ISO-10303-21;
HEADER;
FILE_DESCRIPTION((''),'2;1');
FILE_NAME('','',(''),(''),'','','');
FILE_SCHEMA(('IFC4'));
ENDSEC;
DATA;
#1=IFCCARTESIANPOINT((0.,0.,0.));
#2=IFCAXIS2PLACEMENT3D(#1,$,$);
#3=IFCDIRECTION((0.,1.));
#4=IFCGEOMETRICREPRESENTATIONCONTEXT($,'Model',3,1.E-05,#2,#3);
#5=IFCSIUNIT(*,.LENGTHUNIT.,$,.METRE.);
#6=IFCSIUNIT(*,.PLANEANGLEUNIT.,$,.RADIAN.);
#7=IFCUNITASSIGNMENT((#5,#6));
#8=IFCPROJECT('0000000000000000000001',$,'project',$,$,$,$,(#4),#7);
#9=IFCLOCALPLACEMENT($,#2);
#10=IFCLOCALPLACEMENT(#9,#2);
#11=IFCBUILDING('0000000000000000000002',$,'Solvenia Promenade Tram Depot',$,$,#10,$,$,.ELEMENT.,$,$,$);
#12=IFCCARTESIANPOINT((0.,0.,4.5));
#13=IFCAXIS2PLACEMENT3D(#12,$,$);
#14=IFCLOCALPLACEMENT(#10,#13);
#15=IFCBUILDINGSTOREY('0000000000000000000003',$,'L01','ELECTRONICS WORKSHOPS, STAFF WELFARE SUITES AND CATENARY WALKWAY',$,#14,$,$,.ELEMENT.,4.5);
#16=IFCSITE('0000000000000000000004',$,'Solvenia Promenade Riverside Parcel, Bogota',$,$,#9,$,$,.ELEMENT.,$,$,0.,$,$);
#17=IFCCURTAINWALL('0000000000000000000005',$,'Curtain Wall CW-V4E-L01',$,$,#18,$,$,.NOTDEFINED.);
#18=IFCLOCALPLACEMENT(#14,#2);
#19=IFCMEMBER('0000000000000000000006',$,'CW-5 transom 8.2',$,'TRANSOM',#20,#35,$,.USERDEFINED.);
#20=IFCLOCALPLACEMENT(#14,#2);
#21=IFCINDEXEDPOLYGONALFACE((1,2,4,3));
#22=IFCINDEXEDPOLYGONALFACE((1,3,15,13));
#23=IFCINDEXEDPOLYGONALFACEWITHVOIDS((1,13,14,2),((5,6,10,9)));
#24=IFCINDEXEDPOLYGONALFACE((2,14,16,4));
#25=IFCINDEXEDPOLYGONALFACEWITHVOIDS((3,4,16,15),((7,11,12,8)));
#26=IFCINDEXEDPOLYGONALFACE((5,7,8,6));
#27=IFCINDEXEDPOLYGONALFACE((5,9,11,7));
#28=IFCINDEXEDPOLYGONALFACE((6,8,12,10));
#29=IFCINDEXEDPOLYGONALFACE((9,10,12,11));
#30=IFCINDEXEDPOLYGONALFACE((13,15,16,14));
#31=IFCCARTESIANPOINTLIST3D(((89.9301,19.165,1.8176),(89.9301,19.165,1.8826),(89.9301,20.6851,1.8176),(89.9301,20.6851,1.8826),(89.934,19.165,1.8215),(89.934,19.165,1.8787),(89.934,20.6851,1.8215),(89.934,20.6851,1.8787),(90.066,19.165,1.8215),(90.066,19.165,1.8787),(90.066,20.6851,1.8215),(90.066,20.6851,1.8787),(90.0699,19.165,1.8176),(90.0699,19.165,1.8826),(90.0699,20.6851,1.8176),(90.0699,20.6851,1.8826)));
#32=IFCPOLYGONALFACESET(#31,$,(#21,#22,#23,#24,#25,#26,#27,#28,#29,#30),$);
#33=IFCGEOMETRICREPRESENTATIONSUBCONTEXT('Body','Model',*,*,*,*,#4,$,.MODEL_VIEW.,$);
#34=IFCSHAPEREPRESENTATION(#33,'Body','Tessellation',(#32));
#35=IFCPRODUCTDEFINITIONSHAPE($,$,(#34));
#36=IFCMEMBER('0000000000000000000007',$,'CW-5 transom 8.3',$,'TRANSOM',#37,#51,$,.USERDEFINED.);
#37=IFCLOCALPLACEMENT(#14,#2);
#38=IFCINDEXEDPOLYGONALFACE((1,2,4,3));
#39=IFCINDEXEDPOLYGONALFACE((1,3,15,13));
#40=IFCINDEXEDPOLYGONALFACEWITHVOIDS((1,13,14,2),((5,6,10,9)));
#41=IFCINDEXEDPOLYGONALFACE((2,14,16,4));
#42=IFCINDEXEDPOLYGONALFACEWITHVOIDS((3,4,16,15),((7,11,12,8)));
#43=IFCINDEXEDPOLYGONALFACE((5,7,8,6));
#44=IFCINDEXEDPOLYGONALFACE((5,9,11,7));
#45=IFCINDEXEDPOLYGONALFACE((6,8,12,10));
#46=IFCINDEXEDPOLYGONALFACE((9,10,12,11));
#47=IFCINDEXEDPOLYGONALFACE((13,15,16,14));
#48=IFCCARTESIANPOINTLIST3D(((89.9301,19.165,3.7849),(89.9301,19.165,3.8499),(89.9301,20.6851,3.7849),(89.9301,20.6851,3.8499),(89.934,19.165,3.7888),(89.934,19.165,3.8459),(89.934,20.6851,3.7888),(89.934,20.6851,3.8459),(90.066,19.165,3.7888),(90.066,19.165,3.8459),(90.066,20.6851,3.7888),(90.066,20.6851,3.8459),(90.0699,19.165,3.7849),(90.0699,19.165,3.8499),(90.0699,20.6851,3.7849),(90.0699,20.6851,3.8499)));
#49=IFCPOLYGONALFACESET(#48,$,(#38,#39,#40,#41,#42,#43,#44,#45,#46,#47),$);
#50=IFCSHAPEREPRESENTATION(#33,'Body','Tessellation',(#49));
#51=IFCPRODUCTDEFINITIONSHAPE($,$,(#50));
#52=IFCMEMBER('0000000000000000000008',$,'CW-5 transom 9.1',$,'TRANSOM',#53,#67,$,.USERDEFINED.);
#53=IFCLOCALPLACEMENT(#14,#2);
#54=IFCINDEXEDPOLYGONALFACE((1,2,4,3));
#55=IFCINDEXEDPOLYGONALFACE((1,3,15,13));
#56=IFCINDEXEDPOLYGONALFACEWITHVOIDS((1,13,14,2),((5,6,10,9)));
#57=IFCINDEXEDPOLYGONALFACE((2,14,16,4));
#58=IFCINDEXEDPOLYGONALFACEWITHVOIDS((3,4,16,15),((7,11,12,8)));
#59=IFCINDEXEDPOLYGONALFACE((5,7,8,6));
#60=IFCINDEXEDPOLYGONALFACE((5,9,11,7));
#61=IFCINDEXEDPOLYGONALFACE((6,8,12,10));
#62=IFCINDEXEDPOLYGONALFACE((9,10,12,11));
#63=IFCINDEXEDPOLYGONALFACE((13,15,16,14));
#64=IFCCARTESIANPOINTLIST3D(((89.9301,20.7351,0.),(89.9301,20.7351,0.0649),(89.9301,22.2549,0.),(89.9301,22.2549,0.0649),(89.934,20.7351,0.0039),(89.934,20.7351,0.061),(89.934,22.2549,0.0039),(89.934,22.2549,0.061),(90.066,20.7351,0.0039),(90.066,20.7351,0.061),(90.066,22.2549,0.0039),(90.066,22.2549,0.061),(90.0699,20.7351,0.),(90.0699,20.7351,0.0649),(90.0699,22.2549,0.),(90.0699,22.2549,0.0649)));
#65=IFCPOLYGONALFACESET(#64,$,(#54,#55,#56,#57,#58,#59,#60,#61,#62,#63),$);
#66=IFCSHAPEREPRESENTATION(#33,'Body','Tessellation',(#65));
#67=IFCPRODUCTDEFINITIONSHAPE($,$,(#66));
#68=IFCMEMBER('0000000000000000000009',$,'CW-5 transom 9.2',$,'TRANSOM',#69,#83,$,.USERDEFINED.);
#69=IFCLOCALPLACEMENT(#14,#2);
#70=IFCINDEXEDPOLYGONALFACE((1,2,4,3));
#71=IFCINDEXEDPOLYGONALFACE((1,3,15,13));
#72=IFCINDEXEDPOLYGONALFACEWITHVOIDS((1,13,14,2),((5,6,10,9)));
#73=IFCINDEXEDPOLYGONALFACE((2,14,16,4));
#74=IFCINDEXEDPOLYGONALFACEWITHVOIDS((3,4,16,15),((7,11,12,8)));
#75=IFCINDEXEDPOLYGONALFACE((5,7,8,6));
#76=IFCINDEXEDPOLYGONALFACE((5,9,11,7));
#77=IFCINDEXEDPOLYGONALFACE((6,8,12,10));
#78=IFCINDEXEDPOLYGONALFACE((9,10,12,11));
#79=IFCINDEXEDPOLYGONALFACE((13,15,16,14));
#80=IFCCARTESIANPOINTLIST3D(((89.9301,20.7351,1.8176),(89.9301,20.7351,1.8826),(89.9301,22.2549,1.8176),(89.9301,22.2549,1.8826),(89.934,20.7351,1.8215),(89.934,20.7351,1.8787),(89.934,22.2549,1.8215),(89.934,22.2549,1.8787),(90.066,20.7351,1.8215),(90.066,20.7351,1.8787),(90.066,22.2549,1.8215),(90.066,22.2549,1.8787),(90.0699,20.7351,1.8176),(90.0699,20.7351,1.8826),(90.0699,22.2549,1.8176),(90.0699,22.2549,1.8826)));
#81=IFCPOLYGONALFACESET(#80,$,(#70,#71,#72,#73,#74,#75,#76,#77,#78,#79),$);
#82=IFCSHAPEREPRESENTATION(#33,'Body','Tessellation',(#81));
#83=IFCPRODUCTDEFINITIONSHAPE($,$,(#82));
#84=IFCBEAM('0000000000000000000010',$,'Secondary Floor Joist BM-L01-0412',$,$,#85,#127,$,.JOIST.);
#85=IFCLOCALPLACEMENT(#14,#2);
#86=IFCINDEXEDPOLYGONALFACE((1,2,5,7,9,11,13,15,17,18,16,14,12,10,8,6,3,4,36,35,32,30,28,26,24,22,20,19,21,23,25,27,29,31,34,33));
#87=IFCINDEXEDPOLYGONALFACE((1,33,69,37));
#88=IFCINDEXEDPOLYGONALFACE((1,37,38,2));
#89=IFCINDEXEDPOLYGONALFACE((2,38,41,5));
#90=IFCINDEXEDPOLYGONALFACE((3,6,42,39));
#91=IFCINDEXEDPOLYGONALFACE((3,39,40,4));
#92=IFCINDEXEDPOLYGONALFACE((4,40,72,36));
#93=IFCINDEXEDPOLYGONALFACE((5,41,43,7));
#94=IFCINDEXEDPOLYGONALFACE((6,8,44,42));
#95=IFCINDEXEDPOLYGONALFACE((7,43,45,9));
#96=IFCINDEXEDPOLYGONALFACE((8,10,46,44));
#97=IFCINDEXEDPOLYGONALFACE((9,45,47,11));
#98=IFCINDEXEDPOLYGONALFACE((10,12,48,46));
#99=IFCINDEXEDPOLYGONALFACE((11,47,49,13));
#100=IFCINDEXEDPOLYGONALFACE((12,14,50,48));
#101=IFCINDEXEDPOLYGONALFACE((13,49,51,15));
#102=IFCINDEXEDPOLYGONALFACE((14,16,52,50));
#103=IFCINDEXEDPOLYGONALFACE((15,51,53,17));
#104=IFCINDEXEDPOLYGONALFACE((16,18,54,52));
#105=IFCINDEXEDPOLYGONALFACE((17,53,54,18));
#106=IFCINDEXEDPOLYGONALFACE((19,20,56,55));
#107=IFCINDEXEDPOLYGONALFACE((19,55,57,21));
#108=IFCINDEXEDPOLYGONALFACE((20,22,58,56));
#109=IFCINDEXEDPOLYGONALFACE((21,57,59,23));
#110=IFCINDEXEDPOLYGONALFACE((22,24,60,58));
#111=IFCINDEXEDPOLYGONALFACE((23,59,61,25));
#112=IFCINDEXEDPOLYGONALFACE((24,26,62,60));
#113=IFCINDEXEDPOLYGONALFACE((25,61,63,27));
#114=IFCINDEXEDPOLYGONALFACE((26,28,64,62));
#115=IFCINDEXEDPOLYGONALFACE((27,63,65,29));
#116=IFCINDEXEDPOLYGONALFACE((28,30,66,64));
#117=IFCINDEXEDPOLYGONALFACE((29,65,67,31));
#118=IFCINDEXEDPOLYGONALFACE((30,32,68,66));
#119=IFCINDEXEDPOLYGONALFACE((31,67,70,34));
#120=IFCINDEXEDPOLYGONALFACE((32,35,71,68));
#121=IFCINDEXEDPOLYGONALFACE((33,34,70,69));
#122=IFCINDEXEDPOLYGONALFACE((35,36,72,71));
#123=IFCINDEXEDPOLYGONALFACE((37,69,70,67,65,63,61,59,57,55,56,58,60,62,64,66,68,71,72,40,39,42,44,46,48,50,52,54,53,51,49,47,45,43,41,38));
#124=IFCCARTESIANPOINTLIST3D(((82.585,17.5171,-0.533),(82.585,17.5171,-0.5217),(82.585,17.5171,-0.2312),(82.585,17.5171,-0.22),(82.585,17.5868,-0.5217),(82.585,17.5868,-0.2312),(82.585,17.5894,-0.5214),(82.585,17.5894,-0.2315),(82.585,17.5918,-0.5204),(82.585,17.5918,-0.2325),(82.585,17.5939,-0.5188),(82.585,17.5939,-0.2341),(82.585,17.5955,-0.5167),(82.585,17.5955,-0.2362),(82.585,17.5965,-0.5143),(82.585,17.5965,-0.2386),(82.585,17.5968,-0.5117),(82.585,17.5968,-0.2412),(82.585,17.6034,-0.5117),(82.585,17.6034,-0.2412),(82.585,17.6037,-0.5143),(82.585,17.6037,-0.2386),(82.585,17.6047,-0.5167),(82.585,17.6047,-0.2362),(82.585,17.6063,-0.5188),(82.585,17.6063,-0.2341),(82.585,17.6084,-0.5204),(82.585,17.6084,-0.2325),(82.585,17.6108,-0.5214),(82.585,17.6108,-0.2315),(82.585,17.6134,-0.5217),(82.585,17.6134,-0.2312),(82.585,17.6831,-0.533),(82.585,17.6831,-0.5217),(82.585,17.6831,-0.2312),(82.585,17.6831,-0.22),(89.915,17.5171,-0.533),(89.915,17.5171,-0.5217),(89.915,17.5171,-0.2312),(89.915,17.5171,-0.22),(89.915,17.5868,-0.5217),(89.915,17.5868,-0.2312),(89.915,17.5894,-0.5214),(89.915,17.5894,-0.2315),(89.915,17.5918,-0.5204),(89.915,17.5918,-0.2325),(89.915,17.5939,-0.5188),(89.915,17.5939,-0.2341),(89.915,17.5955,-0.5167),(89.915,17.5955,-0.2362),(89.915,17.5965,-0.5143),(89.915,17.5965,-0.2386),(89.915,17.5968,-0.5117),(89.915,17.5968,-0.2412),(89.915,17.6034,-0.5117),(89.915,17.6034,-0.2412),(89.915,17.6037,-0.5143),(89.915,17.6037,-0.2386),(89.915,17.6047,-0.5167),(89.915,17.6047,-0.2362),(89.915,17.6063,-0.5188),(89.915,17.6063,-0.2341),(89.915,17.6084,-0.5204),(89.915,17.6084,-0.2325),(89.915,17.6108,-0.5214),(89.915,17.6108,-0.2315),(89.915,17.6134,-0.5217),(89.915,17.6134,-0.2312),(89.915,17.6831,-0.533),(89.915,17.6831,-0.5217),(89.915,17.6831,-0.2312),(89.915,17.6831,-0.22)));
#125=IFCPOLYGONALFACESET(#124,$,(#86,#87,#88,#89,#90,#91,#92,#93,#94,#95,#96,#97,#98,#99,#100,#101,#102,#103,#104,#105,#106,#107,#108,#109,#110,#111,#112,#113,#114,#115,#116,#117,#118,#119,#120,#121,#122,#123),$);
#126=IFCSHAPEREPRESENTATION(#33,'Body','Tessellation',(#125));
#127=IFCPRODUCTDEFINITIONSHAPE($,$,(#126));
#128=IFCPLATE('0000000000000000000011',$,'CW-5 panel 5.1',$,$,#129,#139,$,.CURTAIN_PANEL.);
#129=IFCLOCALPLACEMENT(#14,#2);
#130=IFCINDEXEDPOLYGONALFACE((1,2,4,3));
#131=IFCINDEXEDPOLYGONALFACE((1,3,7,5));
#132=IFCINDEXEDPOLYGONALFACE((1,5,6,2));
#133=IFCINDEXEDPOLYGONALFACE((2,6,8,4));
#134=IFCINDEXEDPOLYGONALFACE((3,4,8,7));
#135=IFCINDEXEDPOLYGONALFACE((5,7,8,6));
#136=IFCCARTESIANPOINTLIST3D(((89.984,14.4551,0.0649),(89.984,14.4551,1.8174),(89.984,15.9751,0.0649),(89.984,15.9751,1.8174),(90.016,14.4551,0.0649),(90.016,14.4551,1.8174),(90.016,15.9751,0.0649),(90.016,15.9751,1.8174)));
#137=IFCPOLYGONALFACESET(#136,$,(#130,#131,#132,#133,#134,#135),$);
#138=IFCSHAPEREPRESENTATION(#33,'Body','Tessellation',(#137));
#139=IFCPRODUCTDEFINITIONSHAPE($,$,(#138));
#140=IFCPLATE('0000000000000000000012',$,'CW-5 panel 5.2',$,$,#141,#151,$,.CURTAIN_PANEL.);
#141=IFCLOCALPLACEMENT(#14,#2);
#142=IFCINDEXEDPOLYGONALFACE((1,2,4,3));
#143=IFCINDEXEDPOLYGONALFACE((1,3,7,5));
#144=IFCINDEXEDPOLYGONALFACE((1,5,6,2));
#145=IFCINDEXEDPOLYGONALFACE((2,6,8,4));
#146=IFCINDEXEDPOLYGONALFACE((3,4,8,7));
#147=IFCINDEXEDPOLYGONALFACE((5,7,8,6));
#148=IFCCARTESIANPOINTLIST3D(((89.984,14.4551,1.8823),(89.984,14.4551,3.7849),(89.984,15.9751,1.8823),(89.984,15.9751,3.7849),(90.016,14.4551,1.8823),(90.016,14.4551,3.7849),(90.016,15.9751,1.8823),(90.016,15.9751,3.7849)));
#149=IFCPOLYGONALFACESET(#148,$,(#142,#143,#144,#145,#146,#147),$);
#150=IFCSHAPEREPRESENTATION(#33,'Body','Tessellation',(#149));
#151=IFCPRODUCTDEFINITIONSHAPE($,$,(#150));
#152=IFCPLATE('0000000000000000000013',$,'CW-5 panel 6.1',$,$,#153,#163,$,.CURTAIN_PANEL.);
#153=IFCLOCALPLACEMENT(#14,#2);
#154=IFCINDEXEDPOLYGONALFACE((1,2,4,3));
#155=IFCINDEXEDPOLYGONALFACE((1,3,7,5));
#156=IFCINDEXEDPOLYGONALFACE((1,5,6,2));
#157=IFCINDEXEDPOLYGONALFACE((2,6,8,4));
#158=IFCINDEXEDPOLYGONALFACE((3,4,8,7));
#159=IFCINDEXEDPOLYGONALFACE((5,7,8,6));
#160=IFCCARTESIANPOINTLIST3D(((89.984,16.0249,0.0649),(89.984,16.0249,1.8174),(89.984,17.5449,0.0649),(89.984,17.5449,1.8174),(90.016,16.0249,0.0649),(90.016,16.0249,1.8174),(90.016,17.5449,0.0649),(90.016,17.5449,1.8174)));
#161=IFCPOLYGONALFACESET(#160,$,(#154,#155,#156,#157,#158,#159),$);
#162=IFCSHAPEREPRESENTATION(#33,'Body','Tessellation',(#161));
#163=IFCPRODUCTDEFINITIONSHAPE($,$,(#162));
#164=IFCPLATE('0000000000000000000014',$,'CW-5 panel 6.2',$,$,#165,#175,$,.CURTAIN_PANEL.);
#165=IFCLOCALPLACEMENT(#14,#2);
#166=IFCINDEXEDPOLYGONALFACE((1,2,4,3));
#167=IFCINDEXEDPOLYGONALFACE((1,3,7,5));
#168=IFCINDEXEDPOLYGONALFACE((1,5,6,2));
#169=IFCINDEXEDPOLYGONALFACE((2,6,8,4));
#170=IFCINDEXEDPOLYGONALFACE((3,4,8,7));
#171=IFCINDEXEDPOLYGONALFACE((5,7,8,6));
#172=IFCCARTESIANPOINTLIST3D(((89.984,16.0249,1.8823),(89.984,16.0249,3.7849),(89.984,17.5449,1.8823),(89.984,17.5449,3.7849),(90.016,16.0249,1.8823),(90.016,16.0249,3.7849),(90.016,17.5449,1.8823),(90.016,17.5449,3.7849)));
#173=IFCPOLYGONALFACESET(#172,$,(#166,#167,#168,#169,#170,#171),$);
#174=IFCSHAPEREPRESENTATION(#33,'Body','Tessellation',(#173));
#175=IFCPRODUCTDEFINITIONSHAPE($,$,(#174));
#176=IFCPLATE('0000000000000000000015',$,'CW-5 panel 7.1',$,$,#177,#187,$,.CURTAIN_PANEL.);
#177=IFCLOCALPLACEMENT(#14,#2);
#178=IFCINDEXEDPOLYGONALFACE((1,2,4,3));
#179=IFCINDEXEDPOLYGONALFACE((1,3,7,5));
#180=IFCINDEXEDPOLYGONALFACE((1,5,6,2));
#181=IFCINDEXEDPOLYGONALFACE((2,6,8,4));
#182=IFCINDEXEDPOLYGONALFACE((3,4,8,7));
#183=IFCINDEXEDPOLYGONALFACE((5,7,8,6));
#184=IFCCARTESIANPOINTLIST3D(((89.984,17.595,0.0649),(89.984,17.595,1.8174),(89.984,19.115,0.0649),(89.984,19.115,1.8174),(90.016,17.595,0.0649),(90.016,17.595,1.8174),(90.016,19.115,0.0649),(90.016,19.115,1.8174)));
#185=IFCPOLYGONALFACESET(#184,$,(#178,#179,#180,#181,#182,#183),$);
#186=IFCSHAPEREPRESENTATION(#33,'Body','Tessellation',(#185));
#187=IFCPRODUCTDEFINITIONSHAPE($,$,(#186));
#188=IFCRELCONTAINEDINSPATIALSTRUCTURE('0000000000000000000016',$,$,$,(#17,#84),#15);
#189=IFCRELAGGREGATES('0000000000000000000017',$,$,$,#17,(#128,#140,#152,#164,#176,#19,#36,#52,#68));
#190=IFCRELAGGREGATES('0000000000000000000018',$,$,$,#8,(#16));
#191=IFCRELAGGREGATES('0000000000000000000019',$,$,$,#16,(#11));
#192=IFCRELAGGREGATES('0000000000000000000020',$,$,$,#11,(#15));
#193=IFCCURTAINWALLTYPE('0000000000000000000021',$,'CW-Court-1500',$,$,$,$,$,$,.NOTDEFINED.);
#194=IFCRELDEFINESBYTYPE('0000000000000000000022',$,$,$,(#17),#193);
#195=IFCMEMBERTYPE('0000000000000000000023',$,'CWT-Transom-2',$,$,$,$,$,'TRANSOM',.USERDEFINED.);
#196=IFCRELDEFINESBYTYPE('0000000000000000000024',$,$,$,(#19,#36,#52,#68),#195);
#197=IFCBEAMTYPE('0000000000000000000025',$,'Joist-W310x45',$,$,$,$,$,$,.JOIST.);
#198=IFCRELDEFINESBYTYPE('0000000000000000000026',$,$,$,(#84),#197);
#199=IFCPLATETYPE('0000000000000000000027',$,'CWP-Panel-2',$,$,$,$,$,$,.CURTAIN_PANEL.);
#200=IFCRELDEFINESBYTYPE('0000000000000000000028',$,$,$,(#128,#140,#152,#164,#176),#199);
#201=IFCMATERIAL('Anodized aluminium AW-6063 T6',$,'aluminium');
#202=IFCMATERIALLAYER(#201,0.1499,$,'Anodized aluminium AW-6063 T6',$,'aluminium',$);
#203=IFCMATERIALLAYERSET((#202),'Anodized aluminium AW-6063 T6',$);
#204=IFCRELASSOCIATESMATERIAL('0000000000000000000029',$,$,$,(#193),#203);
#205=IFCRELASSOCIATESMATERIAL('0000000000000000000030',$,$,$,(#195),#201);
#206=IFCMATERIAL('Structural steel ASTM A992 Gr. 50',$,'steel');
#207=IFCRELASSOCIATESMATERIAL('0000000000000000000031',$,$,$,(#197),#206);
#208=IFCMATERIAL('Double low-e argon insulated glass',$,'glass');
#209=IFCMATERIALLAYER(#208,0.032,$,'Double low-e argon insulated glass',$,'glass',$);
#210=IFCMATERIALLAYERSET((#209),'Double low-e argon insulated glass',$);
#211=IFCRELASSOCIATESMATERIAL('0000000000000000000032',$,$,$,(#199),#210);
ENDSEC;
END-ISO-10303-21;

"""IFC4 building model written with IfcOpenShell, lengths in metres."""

from ifc_helpers import new_model, si_unit, direction, frame, origin, origin_2d, place, context, subcontext, project, spatial, rectangle, hollow_rectangle, i_section, extrude, material, layer, layer_set, material_profile, profile_set, type_object, element, aggregate, save


model = new_model("IFC4")

# Units and contexts
model_context = context("Model", 3, precision=1e-05, world=origin(), true_north=direction((0.0, 1.0)))
body_context = subcontext(model_context, "Body", "Model", "MODEL_VIEW")
ifc_project = project(units=[si_unit("LENGTHUNIT", "METRE"), si_unit("PLANEANGLEUNIT", "RADIAN")], contexts=[model_context])

# Site, building, storey
site_placement = place(None, origin())
site = spatial("IfcSite", under=ifc_project, at=site_placement, Name="Solvenia Promenade Riverside Parcel, Bogota", CompositionType="ELEMENT", RefElevation=0.0)
building_placement = place(site_placement, origin())
building = spatial("IfcBuilding", under=site, at=building_placement, Name="Solvenia Promenade Tram Depot", CompositionType="ELEMENT")
storey_placement = place(building_placement, frame((0.0, 0.0, 4.5)))
storey = spatial("IfcBuildingStorey", under=building, at=storey_placement, Name="L01", Description="ELECTRONICS WORKSHOPS, STAFF WELFARE SUITES AND CATENARY WALKWAY", CompositionType="ELEMENT", Elevation=4.5)

# Curtain wall, members
ifc_material_1 = material(Name="Anodized aluminium AW-6063 T6", Category="aluminium")
ifc_layer_1 = layer(ifc_material_1, 0.1499, Name="Anodized aluminium AW-6063 T6", Category="aluminium")
ifc_layer_set_1 = layer_set([ifc_layer_1], Name="Anodized aluminium AW-6063 T6")
curtain_wall_type = type_object("IfcCurtainWallType", Name="CW-Court-1500", PredefinedType="NOTDEFINED", material=ifc_layer_set_1)
curtain_wall_placement = place(storey_placement, origin())
curtain_wall = element("IfcCurtainWall", 1, at=curtain_wall_placement, inside=storey, type_object=curtain_wall_type, Name="Curtain Wall CW-V4E-L01", PredefinedType="NOTDEFINED")
ifc_material_profile_1 = material_profile(ifc_material_1, hollow_rectangle(XDim=0.1399, YDim=0.0649, WallThickness=0.0039, at=origin_2d()), Name="ALU-T2", Category="aluminium")
ifc_profile_set_1 = profile_set([ifc_material_profile_1], Name="Anodized aluminium AW-6063 T6")
member_type_1 = type_object("IfcMemberType", Name="CWT-Transom-2", ElementType="TRANSOM", PredefinedType="USERDEFINED", material=ifc_profile_set_1)
member_1_placement = place(storey_placement, frame((90.0, 19.165, 1.8501), z_axis=(0.0, 1.0, 0.0), x_axis=(-1.0, 0.0, 0.0)))
member_1 = element("IfcMember", 2, at=member_1_placement, type_object=member_type_1, Name="CW-5 transom 8.2", ObjectType="TRANSOM", PredefinedType="USERDEFINED", context=body_context, shape_type="SweptSolid", body=[
    extrude(hollow_rectangle(XDim=0.1399, YDim=0.0649, WallThickness=0.0039, at=origin_2d()), origin(), (0.0, 0.0, 1.0), 1.52),
])
member_2_placement = place(storey_placement, frame((90.0, 19.165, 3.8174), z_axis=(0.0, 1.0, 0.0), x_axis=(-1.0, 0.0, 0.0)))
member_2 = element("IfcMember", 3, at=member_2_placement, type_object=member_type_1, Name="CW-5 transom 8.3", ObjectType="TRANSOM", PredefinedType="USERDEFINED", context=body_context, shape_type="SweptSolid", body=[
    extrude(hollow_rectangle(XDim=0.1399, YDim=0.0649, WallThickness=0.0039, at=origin_2d()), origin(), (0.0, 0.0, 1.0), 1.52),
])
member_3_placement = place(storey_placement, frame((90.0, 20.7351, 0.0325), z_axis=(0.0, 1.0, 0.0), x_axis=(-1.0, 0.0, 0.0)))
member_3 = element("IfcMember", 4, at=member_3_placement, type_object=member_type_1, Name="CW-5 transom 9.1", ObjectType="TRANSOM", PredefinedType="USERDEFINED", context=body_context, shape_type="SweptSolid", body=[
    extrude(hollow_rectangle(XDim=0.1399, YDim=0.0649, WallThickness=0.0039, at=origin_2d()), origin(), (0.0, 0.0, 1.0), 1.5198),
])
member_4_placement = place(storey_placement, frame((90.0, 20.7351, 1.8501), z_axis=(0.0, 1.0, 0.0), x_axis=(-1.0, 0.0, 0.0)))
member_4 = element("IfcMember", 5, at=member_4_placement, type_object=member_type_1, Name="CW-5 transom 9.2", ObjectType="TRANSOM", PredefinedType="USERDEFINED", context=body_context, shape_type="SweptSolid", body=[
    extrude(hollow_rectangle(XDim=0.1399, YDim=0.0649, WallThickness=0.0039, at=origin_2d()), origin(), (0.0, 0.0, 1.0), 1.5198),
])

# Beam
ifc_material_2 = material(Name="Structural steel ASTM A992 Gr. 50", Category="steel")
ifc_material_profile_2 = material_profile(ifc_material_2, i_section(OverallWidth=0.166, OverallDepth=0.313, WebThickness=0.0066, FlangeThickness=0.0112, FilletRadius=0.01, at=origin_2d()), Name="W310x45", Category="steel")
ifc_profile_set_2 = profile_set([ifc_material_profile_2], Name="Structural steel ASTM A992 Gr. 50")
beam_type = type_object("IfcBeamType", Name="Joist-W310x45", PredefinedType="JOIST", material=ifc_profile_set_2)
beam_placement = place(storey_placement, frame((82.585, 17.6001, -0.3765), z_axis=(1.0, 0.0, 0.0), x_axis=(0.0, 1.0, 0.0)))
element("IfcBeam", 6, at=beam_placement, inside=storey, type_object=beam_type, Name="Secondary Floor Joist BM-L01-0412", PredefinedType="JOIST", context=body_context, shape_type="SweptSolid", body=[
    extrude(i_section(OverallWidth=0.166, OverallDepth=0.313, WebThickness=0.0066, FlangeThickness=0.0112, FilletRadius=0.01, at=origin_2d()), origin(), (0.0, 0.0, 1.0), 7.3301),
])

# Plates
ifc_material_3 = material(Name="Double low-e argon insulated glass", Category="glass")
ifc_layer_2 = layer(ifc_material_3, 0.032, Name="Double low-e argon insulated glass", Category="glass")
ifc_layer_set_2 = layer_set([ifc_layer_2], Name="Double low-e argon insulated glass")
plate_type = type_object("IfcPlateType", Name="CWP-Panel-2", PredefinedType="CURTAIN_PANEL", material=ifc_layer_set_2)
plate_1_placement = place(storey_placement, frame((90.0, 15.2151, 0.0649), z_axis=(0.0, 0.0, 1.0), x_axis=(0.0, 1.0, 0.0)))
plate_1 = element("IfcPlate", 7, at=plate_1_placement, type_object=plate_type, Name="CW-5 panel 5.1", PredefinedType="CURTAIN_PANEL", context=body_context, shape_type="SweptSolid", body=[
    extrude(rectangle(XDim=1.52, YDim=0.032, at=origin_2d()), origin(), (0.0, 0.0, 1.0), 1.7524),
])
plate_2_placement = place(storey_placement, frame((90.0, 15.2151, 1.8823), z_axis=(0.0, 0.0, 1.0), x_axis=(0.0, 1.0, 0.0)))
plate_2 = element("IfcPlate", 8, at=plate_2_placement, type_object=plate_type, Name="CW-5 panel 5.2", PredefinedType="CURTAIN_PANEL", context=body_context, shape_type="SweptSolid", body=[
    extrude(rectangle(XDim=1.52, YDim=0.032, at=origin_2d()), origin(), (0.0, 0.0, 1.0), 1.9026),
])
plate_3_placement = place(storey_placement, frame((90.0, 16.7849, 0.0649), z_axis=(0.0, 0.0, 1.0), x_axis=(0.0, 1.0, 0.0)))
plate_3 = element("IfcPlate", 9, at=plate_3_placement, type_object=plate_type, Name="CW-5 panel 6.1", PredefinedType="CURTAIN_PANEL", context=body_context, shape_type="SweptSolid", body=[
    extrude(rectangle(XDim=1.52, YDim=0.032, at=origin_2d()), origin(), (0.0, 0.0, 1.0), 1.7524),
])
plate_4_placement = place(storey_placement, frame((90.0, 16.7849, 1.8823), z_axis=(0.0, 0.0, 1.0), x_axis=(0.0, 1.0, 0.0)))
plate_4 = element("IfcPlate", 10, at=plate_4_placement, type_object=plate_type, Name="CW-5 panel 6.2", PredefinedType="CURTAIN_PANEL", context=body_context, shape_type="SweptSolid", body=[
    extrude(rectangle(XDim=1.52, YDim=0.032, at=origin_2d()), origin(), (0.0, 0.0, 1.0), 1.9026),
])
plate_5_placement = place(storey_placement, frame((90.0, 18.355, 0.0649), z_axis=(0.0, 0.0, 1.0), x_axis=(0.0, 1.0, 0.0)))
plate_5 = element("IfcPlate", 11, at=plate_5_placement, type_object=plate_type, Name="CW-5 panel 7.1", PredefinedType="CURTAIN_PANEL", context=body_context, shape_type="SweptSolid", body=[
    extrude(rectangle(XDim=1.52, YDim=0.032, at=origin_2d()), origin(), (0.0, 0.0, 1.0), 1.7524),
])
aggregate(curtain_wall, [plate_1, plate_2, plate_3, plate_4, plate_5, member_1, member_2, member_3, member_4])

save(model, "model.ifc")
